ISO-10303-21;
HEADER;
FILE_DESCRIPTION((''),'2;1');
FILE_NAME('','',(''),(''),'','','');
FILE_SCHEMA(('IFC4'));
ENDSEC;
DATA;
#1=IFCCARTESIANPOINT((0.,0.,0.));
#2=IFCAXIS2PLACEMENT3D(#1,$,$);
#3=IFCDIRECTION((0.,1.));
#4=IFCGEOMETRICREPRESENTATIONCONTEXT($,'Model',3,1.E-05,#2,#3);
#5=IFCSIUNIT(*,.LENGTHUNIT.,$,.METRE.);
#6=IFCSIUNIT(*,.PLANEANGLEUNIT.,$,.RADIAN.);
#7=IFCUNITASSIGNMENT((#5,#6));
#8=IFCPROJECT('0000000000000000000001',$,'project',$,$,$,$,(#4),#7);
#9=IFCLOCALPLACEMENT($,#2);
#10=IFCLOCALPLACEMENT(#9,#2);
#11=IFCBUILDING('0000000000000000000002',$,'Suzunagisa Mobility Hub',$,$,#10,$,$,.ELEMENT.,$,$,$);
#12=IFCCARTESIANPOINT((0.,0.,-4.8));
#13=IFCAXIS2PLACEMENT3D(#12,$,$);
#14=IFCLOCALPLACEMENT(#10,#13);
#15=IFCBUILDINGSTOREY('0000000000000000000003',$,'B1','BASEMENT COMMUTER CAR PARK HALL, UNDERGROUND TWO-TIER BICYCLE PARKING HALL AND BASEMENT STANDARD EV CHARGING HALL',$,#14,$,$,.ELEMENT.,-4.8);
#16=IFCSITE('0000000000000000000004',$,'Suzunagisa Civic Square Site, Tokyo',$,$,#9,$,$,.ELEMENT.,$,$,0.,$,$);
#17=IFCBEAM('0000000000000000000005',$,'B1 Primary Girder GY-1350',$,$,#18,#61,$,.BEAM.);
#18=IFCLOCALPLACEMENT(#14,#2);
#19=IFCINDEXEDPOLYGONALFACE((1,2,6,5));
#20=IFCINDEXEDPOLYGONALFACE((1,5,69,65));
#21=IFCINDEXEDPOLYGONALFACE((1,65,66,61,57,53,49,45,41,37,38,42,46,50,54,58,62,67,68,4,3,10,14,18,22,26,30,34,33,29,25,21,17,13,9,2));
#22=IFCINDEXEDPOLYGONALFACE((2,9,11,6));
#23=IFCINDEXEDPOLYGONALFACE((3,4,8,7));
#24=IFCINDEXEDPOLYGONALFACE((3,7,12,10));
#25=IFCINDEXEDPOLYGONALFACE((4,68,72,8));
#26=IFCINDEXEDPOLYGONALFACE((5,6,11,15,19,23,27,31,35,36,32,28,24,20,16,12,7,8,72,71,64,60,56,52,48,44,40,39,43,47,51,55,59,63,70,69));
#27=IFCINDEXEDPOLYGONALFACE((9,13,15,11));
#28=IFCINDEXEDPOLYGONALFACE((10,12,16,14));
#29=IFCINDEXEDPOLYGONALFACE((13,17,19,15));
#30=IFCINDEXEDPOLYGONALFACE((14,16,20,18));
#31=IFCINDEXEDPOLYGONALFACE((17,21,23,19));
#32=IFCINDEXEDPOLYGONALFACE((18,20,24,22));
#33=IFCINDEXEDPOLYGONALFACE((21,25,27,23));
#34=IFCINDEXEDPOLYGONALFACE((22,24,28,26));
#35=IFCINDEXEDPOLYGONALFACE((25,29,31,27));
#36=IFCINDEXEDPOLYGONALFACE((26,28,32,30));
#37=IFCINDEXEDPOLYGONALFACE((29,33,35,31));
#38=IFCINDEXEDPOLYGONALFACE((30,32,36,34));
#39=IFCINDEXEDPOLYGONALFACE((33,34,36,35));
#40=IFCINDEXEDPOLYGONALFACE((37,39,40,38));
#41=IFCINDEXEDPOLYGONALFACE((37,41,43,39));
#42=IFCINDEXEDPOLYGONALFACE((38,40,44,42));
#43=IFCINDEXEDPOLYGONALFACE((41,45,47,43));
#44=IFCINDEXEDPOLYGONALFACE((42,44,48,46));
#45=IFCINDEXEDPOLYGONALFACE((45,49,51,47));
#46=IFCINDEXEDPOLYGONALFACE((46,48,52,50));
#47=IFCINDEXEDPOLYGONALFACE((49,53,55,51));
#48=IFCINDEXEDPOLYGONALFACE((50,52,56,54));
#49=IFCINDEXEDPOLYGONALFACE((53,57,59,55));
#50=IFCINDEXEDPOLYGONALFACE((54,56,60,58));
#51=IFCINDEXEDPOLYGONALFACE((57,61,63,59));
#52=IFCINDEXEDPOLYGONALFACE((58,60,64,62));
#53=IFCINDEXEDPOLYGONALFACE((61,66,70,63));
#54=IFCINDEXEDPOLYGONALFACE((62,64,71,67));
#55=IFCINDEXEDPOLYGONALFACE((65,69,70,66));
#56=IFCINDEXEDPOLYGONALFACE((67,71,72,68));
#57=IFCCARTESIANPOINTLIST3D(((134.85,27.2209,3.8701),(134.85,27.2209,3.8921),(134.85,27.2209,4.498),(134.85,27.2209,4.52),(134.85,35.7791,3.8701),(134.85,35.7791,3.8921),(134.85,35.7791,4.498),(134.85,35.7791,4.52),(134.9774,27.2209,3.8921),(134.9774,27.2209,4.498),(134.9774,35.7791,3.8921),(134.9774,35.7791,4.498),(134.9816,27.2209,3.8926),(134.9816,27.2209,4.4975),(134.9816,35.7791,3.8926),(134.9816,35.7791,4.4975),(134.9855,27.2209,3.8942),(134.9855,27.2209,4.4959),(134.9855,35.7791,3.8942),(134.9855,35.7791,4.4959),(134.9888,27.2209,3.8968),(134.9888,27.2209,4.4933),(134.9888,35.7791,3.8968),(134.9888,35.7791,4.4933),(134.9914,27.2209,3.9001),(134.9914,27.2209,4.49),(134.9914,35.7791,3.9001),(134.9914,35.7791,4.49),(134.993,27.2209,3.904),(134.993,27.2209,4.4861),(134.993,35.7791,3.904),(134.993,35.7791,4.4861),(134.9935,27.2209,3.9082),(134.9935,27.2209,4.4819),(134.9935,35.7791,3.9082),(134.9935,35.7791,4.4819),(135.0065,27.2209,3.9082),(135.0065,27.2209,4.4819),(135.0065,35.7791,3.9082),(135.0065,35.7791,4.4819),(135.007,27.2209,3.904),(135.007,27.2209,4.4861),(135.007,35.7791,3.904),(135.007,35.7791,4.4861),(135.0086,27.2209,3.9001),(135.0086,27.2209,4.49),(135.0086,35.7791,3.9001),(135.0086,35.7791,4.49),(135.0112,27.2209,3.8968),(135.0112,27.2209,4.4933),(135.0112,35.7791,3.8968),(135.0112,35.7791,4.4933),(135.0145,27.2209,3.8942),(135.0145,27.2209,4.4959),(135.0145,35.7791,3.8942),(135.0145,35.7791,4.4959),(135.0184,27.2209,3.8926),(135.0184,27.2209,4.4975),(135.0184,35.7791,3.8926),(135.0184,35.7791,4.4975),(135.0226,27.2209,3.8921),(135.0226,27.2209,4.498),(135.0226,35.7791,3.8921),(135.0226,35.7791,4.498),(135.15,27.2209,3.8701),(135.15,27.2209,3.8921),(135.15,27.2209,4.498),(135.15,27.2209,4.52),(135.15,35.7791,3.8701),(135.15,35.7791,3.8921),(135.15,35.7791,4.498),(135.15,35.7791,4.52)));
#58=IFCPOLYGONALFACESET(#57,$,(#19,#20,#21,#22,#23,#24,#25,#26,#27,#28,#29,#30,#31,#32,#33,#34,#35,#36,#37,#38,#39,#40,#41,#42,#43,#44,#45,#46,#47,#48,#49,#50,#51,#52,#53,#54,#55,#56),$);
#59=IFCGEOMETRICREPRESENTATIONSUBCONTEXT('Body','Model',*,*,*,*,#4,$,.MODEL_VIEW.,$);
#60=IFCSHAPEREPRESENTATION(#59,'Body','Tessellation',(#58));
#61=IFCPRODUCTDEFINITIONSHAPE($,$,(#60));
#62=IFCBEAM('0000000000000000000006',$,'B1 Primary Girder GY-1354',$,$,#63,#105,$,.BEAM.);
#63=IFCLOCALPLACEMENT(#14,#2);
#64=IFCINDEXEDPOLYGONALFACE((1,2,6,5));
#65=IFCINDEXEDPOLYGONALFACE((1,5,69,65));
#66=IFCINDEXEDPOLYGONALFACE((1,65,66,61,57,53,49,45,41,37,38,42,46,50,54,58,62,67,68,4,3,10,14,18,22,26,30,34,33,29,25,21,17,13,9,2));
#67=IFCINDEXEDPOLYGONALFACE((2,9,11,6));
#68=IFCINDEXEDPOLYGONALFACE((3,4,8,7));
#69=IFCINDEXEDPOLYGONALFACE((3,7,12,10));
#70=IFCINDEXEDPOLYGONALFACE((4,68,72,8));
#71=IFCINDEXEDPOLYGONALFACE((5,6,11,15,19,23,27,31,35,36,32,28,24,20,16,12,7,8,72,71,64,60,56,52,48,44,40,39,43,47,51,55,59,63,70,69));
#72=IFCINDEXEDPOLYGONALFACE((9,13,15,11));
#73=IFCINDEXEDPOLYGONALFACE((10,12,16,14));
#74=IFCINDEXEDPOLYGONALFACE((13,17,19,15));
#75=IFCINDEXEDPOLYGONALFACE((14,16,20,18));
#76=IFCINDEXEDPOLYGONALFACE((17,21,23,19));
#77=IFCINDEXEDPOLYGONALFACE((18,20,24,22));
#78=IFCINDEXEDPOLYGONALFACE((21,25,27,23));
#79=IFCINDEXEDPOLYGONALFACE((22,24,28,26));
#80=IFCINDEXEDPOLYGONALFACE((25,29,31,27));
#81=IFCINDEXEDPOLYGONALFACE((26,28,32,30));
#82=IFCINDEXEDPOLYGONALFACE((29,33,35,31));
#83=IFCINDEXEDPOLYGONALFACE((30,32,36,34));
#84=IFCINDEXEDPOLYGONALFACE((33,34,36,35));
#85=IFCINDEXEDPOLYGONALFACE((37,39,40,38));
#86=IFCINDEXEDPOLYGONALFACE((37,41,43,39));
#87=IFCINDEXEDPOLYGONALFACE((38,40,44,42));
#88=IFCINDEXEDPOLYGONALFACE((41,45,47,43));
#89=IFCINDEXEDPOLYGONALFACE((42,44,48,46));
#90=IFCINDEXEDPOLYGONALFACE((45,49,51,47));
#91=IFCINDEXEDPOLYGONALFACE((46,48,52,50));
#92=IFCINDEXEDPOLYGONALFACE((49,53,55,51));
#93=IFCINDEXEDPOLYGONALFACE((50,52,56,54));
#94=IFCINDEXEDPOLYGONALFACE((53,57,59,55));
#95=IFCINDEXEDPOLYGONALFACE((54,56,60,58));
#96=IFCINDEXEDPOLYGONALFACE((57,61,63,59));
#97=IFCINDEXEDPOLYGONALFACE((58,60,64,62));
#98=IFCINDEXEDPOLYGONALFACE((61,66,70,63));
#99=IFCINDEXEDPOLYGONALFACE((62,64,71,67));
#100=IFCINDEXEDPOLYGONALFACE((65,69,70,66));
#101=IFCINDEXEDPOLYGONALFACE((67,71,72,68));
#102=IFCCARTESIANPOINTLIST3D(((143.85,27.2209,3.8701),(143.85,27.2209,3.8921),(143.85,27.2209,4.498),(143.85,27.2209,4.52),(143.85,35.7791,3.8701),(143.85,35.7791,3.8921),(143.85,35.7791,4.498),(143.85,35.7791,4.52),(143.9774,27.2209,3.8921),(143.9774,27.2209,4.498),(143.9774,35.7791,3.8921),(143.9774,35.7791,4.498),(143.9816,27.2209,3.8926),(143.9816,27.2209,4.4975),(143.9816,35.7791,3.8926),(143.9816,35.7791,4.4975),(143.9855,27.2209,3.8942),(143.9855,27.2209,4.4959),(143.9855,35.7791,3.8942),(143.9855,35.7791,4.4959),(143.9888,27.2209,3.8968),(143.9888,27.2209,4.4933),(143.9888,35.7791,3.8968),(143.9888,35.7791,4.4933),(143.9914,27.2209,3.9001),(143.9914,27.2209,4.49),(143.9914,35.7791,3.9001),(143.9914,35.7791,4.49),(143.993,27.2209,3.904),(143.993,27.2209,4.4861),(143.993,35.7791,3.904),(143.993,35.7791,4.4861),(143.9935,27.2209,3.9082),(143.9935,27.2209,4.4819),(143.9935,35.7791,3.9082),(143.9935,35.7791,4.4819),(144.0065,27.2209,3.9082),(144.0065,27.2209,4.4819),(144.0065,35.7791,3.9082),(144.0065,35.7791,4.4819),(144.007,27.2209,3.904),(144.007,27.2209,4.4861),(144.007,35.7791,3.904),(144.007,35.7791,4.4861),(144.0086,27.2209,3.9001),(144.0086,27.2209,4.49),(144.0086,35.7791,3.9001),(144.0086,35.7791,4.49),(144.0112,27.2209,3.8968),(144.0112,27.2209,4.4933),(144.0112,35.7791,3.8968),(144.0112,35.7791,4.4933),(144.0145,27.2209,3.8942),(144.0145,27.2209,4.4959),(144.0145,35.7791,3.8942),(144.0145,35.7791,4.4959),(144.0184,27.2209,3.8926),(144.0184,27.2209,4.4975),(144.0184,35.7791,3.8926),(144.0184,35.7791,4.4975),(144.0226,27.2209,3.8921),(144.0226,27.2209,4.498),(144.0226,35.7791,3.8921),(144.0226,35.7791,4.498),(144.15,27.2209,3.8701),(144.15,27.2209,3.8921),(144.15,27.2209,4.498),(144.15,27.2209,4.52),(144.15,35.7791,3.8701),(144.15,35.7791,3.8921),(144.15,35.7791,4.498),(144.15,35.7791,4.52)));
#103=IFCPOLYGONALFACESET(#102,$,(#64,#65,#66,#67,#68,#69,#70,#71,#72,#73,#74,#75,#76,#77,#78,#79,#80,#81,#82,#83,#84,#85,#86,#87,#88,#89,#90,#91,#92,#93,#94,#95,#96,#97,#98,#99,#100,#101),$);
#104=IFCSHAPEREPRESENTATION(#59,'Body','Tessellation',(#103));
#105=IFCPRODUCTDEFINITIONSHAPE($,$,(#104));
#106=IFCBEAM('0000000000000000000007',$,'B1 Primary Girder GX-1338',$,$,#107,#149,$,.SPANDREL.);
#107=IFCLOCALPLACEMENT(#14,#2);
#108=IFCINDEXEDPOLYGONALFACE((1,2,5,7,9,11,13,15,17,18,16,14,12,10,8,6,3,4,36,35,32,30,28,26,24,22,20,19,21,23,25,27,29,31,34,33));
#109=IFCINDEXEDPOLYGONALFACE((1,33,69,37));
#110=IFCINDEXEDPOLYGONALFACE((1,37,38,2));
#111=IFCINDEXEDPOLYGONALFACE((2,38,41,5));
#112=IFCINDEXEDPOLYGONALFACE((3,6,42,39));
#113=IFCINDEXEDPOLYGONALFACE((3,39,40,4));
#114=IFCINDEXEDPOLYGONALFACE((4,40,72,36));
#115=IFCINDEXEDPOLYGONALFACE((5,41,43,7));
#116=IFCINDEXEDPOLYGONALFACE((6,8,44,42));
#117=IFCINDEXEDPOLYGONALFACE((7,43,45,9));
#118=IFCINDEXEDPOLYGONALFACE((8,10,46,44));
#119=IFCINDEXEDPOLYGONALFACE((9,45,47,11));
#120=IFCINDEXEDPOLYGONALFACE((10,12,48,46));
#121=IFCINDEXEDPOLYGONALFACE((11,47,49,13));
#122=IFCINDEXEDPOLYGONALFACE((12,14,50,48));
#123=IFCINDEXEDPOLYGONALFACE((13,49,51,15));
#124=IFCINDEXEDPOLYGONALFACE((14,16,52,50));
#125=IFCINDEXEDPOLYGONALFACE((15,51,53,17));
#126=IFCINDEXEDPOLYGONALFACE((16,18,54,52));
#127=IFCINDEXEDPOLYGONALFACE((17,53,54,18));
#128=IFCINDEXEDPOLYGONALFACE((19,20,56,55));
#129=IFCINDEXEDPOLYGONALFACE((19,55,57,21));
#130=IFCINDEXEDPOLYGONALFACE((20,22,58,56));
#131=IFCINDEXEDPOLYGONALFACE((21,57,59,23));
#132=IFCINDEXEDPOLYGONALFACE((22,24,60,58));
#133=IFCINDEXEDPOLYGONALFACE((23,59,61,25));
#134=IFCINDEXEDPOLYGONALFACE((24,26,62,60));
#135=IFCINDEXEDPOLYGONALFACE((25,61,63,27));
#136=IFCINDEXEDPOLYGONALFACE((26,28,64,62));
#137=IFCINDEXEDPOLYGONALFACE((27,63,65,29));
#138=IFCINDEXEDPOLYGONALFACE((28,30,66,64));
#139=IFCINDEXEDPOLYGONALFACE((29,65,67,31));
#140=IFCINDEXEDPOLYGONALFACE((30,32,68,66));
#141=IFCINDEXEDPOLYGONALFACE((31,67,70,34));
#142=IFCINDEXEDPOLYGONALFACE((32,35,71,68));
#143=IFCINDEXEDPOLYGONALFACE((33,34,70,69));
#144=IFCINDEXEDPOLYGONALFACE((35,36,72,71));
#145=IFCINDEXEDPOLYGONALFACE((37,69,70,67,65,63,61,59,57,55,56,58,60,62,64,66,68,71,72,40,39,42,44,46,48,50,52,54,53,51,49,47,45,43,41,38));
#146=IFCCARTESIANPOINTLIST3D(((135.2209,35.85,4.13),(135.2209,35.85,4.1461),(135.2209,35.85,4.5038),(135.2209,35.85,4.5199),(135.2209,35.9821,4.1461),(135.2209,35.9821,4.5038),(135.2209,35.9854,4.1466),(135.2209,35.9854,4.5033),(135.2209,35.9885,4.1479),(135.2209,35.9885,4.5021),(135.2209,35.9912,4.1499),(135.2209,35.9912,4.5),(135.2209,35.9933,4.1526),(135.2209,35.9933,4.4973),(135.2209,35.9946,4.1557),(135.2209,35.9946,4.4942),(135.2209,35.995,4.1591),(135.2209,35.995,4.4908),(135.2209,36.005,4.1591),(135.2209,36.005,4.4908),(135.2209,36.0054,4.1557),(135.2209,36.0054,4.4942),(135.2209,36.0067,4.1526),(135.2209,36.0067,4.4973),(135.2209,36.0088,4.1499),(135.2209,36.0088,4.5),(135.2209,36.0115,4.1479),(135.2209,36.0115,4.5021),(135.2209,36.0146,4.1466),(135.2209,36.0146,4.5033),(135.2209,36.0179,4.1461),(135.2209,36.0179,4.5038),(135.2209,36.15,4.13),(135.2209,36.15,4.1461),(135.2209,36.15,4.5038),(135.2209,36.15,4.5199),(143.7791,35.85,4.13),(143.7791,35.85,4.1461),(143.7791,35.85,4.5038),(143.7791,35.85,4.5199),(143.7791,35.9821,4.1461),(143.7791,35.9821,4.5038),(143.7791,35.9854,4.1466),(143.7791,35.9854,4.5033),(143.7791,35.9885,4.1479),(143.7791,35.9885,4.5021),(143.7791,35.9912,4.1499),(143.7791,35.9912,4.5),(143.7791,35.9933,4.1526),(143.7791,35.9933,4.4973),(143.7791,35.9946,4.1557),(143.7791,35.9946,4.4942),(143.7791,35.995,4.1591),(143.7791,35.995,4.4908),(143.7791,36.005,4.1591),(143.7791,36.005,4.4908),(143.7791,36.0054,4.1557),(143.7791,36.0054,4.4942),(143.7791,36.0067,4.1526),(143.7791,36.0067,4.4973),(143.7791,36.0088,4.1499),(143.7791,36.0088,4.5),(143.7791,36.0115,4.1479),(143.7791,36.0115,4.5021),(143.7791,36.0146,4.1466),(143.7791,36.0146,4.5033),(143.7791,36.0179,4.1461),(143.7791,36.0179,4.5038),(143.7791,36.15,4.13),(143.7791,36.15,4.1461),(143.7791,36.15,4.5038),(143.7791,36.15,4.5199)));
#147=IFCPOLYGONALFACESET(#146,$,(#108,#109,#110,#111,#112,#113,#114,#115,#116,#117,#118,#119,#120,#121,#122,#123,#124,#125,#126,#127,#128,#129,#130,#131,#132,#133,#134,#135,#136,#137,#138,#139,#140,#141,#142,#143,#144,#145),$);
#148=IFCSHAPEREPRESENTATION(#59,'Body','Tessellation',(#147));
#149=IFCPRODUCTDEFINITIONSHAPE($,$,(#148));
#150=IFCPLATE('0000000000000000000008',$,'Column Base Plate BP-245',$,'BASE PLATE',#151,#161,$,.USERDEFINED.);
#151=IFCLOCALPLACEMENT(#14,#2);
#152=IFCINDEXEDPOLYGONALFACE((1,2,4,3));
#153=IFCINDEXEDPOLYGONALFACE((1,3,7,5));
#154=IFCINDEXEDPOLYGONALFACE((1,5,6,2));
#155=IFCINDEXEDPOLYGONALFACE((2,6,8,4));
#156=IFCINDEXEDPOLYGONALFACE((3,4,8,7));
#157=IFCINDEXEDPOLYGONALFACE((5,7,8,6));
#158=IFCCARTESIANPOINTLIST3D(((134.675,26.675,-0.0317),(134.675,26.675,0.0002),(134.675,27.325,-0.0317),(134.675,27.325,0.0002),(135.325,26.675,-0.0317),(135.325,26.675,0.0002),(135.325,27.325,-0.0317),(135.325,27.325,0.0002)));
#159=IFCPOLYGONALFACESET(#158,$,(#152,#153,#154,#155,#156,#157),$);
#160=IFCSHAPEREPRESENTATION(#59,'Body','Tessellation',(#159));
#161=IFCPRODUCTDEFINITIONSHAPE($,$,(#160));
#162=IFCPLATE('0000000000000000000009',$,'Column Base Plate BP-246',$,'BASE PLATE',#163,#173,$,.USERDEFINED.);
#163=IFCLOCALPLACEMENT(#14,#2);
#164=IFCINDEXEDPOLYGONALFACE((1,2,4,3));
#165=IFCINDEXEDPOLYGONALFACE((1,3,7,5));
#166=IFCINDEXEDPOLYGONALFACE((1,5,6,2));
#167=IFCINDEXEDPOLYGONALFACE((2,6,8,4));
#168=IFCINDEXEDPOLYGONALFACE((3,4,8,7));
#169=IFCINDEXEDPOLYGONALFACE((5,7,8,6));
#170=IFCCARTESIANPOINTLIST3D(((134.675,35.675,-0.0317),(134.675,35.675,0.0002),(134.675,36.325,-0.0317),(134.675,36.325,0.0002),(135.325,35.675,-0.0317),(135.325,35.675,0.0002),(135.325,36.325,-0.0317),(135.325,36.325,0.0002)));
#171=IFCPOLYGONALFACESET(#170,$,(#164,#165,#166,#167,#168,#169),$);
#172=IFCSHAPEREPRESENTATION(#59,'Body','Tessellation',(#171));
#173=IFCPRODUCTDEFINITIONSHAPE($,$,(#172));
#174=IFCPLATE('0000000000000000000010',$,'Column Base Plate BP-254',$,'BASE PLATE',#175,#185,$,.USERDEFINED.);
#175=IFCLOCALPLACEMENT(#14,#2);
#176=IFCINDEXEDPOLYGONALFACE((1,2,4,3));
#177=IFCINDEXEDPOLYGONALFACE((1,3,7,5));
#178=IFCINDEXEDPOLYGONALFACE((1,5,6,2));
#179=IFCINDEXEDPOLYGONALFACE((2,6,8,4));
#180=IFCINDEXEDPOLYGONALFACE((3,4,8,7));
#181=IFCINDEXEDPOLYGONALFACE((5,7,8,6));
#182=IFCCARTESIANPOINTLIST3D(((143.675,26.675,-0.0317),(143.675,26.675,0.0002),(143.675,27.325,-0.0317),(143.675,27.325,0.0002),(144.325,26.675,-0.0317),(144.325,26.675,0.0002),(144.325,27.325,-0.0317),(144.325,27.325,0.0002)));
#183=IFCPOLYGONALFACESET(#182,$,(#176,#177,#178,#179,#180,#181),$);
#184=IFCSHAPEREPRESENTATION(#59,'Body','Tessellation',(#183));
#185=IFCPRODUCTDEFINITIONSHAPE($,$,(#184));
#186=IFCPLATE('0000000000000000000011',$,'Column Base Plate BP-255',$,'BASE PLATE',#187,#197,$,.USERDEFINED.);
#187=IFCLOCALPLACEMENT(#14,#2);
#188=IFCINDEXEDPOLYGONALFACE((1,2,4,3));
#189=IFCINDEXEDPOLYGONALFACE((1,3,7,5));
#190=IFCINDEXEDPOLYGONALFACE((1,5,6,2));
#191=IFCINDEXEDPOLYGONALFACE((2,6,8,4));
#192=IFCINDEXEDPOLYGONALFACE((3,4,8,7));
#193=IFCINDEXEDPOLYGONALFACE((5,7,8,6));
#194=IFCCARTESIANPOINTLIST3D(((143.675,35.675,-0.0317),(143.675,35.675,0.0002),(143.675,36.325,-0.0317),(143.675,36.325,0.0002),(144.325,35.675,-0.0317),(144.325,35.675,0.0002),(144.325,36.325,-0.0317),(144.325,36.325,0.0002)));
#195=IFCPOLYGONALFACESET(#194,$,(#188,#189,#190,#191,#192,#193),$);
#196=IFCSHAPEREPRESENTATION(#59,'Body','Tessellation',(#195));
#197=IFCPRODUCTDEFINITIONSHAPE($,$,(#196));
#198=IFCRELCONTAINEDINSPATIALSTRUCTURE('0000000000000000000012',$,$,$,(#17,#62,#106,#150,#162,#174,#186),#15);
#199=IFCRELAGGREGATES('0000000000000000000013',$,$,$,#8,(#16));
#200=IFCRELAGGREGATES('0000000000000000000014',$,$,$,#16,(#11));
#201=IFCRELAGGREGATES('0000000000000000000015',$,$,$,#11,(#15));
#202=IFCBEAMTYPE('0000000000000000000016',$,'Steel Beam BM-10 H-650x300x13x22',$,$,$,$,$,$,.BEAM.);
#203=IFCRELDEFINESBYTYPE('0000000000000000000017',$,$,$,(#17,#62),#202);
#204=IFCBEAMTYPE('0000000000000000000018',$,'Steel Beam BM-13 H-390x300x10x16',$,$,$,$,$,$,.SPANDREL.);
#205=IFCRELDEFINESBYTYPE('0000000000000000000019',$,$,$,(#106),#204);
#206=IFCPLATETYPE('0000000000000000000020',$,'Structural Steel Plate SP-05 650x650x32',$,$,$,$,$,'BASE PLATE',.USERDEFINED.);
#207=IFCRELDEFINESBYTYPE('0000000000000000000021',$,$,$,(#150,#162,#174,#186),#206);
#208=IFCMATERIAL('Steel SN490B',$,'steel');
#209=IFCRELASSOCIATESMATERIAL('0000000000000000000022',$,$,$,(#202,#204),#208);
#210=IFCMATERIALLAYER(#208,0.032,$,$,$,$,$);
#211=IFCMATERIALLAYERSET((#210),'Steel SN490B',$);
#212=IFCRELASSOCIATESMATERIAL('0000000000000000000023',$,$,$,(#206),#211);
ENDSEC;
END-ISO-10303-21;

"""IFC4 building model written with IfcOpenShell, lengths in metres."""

from ifc_helpers import new_model, si_unit, direction, frame, origin, origin_2d, place, context, subcontext, project, spatial, rectangle, i_section, extrude, material, layer, layer_set, material_profile, profile_set, type_object, element, save


model = new_model("IFC4")

# Units and contexts
model_context = context("Model", 3, precision=1e-05, world=origin(), true_north=direction((0.0, 1.0)))
body_context = subcontext(model_context, "Body", "Model", "MODEL_VIEW")
ifc_project = project(units=[si_unit("LENGTHUNIT", "METRE"), si_unit("PLANEANGLEUNIT", "RADIAN")], contexts=[model_context])

# Site, building, storey
site_placement = place(None, origin())
site = spatial("IfcSite", under=ifc_project, at=site_placement, Name="Suzunagisa Civic Square Site, Tokyo", CompositionType="ELEMENT", RefElevation=0.0)
building_placement = place(site_placement, origin())
building = spatial("IfcBuilding", under=site, at=building_placement, Name="Suzunagisa Mobility Hub", CompositionType="ELEMENT")
storey_placement = place(building_placement, frame((0.0, 0.0, -4.8)))
storey = spatial("IfcBuildingStorey", under=building, at=storey_placement, Name="B1", Description="BASEMENT COMMUTER CAR PARK HALL, UNDERGROUND TWO-TIER BICYCLE PARKING HALL AND BASEMENT STANDARD EV CHARGING HALL", CompositionType="ELEMENT", Elevation=-4.8)

# Shared definitions
ifc_material_1 = material(Name="Steel SN490B", Category="steel")

# Beams
ifc_material_profile_1 = material_profile(ifc_material_1, i_section(OverallWidth=0.3, OverallDepth=0.6499, WebThickness=0.0129, FlangeThickness=0.022, FilletRadius=0.0161, at=origin_2d()), Name="H-650x300x13x22")
ifc_profile_set_1 = profile_set([ifc_material_profile_1], Name="Steel SN490B")
beam_type_1 = type_object("IfcBeamType", Name="Steel Beam BM-10 H-650x300x13x22", PredefinedType="BEAM", material=ifc_profile_set_1)
for number, where, z_axis, x_axis, name in (
    (1, (135.0, 27.2209, 4.1951), (0.0, 1.0, 0.0), (-1.0, 0.0, 0.0), "B1 Primary Girder GY-1350"),
    (2, (144.0, 27.2209, 4.1951), (0.0, 1.0, 0.0), (-1.0, 0.0, 0.0), "B1 Primary Girder GY-1354"),
):
    element("IfcBeam", number, at=place(storey_placement, frame(where, z_axis=z_axis, x_axis=x_axis)), inside=storey, type_object=beam_type_1, Name=name, PredefinedType="BEAM", context=body_context, shape_type="SweptSolid", body=[
        extrude(i_section(OverallWidth=0.3, OverallDepth=0.6499, WebThickness=0.0129, FlangeThickness=0.022, FilletRadius=0.0161, at=origin_2d()), origin(), (0.0, 0.0, 1.0), 8.5581),
    ])
ifc_material_profile_2 = material_profile(ifc_material_1, i_section(OverallWidth=0.3, OverallDepth=0.3899, WebThickness=0.01, FlangeThickness=0.0161, FilletRadius=0.0129, at=origin_2d()), Name="H-390x300x10x16")
ifc_profile_set_2 = profile_set([ifc_material_profile_2], Name="Steel SN490B")
beam_type_2 = type_object("IfcBeamType", Name="Steel Beam BM-13 H-390x300x10x16", PredefinedType="SPANDREL", material=ifc_profile_set_2)
beam_1_placement = place(storey_placement, frame((135.2209, 36.0, 4.325), z_axis=(1.0, 0.0, 0.0), x_axis=(0.0, 1.0, 0.0)))
element("IfcBeam", 3, at=beam_1_placement, inside=storey, type_object=beam_type_2, Name="B1 Primary Girder GX-1338", PredefinedType="SPANDREL", context=body_context, shape_type="SweptSolid", body=[
    extrude(i_section(OverallWidth=0.3, OverallDepth=0.3899, WebThickness=0.01, FlangeThickness=0.0161, FilletRadius=0.0129, at=origin_2d()), origin(), (0.0, 0.0, 1.0), 8.5581),
])

# Plates
ifc_layer_1 = layer(ifc_material_1, 0.032)
ifc_layer_set_1 = layer_set([ifc_layer_1], Name="Steel SN490B")
plate_type = type_object("IfcPlateType", Name="Structural Steel Plate SP-05 650x650x32", ElementType="BASE PLATE", PredefinedType="USERDEFINED", material=ifc_layer_set_1)
for number, where, z_axis, x_axis, name in (
    (4, (135.0, 27.0, -0.0317), (0.0, 0.0, 1.0), (1.0, 0.0, 0.0), "Column Base Plate BP-245"),
    (5, (135.0, 36.0, -0.0317), (0.0, 0.0, 1.0), (1.0, 0.0, 0.0), "Column Base Plate BP-246"),
    (6, (144.0, 27.0, -0.0317), (0.0, 0.0, 1.0), (1.0, 0.0, 0.0), "Column Base Plate BP-254"),
    (7, (144.0, 36.0, -0.0317), (0.0, 0.0, 1.0), (1.0, 0.0, 0.0), "Column Base Plate BP-255"),
):
    element("IfcPlate", number, at=place(storey_placement, frame(where, z_axis=z_axis, x_axis=x_axis)), inside=storey, type_object=plate_type, Name=name, ObjectType="BASE PLATE", PredefinedType="USERDEFINED", context=body_context, shape_type="SweptSolid", body=[
        extrude(rectangle(XDim=0.6499, YDim=0.6499, at=origin_2d()), origin(), (0.0, 0.0, 1.0), 0.032),
    ])

save(model, "model.ifc")
